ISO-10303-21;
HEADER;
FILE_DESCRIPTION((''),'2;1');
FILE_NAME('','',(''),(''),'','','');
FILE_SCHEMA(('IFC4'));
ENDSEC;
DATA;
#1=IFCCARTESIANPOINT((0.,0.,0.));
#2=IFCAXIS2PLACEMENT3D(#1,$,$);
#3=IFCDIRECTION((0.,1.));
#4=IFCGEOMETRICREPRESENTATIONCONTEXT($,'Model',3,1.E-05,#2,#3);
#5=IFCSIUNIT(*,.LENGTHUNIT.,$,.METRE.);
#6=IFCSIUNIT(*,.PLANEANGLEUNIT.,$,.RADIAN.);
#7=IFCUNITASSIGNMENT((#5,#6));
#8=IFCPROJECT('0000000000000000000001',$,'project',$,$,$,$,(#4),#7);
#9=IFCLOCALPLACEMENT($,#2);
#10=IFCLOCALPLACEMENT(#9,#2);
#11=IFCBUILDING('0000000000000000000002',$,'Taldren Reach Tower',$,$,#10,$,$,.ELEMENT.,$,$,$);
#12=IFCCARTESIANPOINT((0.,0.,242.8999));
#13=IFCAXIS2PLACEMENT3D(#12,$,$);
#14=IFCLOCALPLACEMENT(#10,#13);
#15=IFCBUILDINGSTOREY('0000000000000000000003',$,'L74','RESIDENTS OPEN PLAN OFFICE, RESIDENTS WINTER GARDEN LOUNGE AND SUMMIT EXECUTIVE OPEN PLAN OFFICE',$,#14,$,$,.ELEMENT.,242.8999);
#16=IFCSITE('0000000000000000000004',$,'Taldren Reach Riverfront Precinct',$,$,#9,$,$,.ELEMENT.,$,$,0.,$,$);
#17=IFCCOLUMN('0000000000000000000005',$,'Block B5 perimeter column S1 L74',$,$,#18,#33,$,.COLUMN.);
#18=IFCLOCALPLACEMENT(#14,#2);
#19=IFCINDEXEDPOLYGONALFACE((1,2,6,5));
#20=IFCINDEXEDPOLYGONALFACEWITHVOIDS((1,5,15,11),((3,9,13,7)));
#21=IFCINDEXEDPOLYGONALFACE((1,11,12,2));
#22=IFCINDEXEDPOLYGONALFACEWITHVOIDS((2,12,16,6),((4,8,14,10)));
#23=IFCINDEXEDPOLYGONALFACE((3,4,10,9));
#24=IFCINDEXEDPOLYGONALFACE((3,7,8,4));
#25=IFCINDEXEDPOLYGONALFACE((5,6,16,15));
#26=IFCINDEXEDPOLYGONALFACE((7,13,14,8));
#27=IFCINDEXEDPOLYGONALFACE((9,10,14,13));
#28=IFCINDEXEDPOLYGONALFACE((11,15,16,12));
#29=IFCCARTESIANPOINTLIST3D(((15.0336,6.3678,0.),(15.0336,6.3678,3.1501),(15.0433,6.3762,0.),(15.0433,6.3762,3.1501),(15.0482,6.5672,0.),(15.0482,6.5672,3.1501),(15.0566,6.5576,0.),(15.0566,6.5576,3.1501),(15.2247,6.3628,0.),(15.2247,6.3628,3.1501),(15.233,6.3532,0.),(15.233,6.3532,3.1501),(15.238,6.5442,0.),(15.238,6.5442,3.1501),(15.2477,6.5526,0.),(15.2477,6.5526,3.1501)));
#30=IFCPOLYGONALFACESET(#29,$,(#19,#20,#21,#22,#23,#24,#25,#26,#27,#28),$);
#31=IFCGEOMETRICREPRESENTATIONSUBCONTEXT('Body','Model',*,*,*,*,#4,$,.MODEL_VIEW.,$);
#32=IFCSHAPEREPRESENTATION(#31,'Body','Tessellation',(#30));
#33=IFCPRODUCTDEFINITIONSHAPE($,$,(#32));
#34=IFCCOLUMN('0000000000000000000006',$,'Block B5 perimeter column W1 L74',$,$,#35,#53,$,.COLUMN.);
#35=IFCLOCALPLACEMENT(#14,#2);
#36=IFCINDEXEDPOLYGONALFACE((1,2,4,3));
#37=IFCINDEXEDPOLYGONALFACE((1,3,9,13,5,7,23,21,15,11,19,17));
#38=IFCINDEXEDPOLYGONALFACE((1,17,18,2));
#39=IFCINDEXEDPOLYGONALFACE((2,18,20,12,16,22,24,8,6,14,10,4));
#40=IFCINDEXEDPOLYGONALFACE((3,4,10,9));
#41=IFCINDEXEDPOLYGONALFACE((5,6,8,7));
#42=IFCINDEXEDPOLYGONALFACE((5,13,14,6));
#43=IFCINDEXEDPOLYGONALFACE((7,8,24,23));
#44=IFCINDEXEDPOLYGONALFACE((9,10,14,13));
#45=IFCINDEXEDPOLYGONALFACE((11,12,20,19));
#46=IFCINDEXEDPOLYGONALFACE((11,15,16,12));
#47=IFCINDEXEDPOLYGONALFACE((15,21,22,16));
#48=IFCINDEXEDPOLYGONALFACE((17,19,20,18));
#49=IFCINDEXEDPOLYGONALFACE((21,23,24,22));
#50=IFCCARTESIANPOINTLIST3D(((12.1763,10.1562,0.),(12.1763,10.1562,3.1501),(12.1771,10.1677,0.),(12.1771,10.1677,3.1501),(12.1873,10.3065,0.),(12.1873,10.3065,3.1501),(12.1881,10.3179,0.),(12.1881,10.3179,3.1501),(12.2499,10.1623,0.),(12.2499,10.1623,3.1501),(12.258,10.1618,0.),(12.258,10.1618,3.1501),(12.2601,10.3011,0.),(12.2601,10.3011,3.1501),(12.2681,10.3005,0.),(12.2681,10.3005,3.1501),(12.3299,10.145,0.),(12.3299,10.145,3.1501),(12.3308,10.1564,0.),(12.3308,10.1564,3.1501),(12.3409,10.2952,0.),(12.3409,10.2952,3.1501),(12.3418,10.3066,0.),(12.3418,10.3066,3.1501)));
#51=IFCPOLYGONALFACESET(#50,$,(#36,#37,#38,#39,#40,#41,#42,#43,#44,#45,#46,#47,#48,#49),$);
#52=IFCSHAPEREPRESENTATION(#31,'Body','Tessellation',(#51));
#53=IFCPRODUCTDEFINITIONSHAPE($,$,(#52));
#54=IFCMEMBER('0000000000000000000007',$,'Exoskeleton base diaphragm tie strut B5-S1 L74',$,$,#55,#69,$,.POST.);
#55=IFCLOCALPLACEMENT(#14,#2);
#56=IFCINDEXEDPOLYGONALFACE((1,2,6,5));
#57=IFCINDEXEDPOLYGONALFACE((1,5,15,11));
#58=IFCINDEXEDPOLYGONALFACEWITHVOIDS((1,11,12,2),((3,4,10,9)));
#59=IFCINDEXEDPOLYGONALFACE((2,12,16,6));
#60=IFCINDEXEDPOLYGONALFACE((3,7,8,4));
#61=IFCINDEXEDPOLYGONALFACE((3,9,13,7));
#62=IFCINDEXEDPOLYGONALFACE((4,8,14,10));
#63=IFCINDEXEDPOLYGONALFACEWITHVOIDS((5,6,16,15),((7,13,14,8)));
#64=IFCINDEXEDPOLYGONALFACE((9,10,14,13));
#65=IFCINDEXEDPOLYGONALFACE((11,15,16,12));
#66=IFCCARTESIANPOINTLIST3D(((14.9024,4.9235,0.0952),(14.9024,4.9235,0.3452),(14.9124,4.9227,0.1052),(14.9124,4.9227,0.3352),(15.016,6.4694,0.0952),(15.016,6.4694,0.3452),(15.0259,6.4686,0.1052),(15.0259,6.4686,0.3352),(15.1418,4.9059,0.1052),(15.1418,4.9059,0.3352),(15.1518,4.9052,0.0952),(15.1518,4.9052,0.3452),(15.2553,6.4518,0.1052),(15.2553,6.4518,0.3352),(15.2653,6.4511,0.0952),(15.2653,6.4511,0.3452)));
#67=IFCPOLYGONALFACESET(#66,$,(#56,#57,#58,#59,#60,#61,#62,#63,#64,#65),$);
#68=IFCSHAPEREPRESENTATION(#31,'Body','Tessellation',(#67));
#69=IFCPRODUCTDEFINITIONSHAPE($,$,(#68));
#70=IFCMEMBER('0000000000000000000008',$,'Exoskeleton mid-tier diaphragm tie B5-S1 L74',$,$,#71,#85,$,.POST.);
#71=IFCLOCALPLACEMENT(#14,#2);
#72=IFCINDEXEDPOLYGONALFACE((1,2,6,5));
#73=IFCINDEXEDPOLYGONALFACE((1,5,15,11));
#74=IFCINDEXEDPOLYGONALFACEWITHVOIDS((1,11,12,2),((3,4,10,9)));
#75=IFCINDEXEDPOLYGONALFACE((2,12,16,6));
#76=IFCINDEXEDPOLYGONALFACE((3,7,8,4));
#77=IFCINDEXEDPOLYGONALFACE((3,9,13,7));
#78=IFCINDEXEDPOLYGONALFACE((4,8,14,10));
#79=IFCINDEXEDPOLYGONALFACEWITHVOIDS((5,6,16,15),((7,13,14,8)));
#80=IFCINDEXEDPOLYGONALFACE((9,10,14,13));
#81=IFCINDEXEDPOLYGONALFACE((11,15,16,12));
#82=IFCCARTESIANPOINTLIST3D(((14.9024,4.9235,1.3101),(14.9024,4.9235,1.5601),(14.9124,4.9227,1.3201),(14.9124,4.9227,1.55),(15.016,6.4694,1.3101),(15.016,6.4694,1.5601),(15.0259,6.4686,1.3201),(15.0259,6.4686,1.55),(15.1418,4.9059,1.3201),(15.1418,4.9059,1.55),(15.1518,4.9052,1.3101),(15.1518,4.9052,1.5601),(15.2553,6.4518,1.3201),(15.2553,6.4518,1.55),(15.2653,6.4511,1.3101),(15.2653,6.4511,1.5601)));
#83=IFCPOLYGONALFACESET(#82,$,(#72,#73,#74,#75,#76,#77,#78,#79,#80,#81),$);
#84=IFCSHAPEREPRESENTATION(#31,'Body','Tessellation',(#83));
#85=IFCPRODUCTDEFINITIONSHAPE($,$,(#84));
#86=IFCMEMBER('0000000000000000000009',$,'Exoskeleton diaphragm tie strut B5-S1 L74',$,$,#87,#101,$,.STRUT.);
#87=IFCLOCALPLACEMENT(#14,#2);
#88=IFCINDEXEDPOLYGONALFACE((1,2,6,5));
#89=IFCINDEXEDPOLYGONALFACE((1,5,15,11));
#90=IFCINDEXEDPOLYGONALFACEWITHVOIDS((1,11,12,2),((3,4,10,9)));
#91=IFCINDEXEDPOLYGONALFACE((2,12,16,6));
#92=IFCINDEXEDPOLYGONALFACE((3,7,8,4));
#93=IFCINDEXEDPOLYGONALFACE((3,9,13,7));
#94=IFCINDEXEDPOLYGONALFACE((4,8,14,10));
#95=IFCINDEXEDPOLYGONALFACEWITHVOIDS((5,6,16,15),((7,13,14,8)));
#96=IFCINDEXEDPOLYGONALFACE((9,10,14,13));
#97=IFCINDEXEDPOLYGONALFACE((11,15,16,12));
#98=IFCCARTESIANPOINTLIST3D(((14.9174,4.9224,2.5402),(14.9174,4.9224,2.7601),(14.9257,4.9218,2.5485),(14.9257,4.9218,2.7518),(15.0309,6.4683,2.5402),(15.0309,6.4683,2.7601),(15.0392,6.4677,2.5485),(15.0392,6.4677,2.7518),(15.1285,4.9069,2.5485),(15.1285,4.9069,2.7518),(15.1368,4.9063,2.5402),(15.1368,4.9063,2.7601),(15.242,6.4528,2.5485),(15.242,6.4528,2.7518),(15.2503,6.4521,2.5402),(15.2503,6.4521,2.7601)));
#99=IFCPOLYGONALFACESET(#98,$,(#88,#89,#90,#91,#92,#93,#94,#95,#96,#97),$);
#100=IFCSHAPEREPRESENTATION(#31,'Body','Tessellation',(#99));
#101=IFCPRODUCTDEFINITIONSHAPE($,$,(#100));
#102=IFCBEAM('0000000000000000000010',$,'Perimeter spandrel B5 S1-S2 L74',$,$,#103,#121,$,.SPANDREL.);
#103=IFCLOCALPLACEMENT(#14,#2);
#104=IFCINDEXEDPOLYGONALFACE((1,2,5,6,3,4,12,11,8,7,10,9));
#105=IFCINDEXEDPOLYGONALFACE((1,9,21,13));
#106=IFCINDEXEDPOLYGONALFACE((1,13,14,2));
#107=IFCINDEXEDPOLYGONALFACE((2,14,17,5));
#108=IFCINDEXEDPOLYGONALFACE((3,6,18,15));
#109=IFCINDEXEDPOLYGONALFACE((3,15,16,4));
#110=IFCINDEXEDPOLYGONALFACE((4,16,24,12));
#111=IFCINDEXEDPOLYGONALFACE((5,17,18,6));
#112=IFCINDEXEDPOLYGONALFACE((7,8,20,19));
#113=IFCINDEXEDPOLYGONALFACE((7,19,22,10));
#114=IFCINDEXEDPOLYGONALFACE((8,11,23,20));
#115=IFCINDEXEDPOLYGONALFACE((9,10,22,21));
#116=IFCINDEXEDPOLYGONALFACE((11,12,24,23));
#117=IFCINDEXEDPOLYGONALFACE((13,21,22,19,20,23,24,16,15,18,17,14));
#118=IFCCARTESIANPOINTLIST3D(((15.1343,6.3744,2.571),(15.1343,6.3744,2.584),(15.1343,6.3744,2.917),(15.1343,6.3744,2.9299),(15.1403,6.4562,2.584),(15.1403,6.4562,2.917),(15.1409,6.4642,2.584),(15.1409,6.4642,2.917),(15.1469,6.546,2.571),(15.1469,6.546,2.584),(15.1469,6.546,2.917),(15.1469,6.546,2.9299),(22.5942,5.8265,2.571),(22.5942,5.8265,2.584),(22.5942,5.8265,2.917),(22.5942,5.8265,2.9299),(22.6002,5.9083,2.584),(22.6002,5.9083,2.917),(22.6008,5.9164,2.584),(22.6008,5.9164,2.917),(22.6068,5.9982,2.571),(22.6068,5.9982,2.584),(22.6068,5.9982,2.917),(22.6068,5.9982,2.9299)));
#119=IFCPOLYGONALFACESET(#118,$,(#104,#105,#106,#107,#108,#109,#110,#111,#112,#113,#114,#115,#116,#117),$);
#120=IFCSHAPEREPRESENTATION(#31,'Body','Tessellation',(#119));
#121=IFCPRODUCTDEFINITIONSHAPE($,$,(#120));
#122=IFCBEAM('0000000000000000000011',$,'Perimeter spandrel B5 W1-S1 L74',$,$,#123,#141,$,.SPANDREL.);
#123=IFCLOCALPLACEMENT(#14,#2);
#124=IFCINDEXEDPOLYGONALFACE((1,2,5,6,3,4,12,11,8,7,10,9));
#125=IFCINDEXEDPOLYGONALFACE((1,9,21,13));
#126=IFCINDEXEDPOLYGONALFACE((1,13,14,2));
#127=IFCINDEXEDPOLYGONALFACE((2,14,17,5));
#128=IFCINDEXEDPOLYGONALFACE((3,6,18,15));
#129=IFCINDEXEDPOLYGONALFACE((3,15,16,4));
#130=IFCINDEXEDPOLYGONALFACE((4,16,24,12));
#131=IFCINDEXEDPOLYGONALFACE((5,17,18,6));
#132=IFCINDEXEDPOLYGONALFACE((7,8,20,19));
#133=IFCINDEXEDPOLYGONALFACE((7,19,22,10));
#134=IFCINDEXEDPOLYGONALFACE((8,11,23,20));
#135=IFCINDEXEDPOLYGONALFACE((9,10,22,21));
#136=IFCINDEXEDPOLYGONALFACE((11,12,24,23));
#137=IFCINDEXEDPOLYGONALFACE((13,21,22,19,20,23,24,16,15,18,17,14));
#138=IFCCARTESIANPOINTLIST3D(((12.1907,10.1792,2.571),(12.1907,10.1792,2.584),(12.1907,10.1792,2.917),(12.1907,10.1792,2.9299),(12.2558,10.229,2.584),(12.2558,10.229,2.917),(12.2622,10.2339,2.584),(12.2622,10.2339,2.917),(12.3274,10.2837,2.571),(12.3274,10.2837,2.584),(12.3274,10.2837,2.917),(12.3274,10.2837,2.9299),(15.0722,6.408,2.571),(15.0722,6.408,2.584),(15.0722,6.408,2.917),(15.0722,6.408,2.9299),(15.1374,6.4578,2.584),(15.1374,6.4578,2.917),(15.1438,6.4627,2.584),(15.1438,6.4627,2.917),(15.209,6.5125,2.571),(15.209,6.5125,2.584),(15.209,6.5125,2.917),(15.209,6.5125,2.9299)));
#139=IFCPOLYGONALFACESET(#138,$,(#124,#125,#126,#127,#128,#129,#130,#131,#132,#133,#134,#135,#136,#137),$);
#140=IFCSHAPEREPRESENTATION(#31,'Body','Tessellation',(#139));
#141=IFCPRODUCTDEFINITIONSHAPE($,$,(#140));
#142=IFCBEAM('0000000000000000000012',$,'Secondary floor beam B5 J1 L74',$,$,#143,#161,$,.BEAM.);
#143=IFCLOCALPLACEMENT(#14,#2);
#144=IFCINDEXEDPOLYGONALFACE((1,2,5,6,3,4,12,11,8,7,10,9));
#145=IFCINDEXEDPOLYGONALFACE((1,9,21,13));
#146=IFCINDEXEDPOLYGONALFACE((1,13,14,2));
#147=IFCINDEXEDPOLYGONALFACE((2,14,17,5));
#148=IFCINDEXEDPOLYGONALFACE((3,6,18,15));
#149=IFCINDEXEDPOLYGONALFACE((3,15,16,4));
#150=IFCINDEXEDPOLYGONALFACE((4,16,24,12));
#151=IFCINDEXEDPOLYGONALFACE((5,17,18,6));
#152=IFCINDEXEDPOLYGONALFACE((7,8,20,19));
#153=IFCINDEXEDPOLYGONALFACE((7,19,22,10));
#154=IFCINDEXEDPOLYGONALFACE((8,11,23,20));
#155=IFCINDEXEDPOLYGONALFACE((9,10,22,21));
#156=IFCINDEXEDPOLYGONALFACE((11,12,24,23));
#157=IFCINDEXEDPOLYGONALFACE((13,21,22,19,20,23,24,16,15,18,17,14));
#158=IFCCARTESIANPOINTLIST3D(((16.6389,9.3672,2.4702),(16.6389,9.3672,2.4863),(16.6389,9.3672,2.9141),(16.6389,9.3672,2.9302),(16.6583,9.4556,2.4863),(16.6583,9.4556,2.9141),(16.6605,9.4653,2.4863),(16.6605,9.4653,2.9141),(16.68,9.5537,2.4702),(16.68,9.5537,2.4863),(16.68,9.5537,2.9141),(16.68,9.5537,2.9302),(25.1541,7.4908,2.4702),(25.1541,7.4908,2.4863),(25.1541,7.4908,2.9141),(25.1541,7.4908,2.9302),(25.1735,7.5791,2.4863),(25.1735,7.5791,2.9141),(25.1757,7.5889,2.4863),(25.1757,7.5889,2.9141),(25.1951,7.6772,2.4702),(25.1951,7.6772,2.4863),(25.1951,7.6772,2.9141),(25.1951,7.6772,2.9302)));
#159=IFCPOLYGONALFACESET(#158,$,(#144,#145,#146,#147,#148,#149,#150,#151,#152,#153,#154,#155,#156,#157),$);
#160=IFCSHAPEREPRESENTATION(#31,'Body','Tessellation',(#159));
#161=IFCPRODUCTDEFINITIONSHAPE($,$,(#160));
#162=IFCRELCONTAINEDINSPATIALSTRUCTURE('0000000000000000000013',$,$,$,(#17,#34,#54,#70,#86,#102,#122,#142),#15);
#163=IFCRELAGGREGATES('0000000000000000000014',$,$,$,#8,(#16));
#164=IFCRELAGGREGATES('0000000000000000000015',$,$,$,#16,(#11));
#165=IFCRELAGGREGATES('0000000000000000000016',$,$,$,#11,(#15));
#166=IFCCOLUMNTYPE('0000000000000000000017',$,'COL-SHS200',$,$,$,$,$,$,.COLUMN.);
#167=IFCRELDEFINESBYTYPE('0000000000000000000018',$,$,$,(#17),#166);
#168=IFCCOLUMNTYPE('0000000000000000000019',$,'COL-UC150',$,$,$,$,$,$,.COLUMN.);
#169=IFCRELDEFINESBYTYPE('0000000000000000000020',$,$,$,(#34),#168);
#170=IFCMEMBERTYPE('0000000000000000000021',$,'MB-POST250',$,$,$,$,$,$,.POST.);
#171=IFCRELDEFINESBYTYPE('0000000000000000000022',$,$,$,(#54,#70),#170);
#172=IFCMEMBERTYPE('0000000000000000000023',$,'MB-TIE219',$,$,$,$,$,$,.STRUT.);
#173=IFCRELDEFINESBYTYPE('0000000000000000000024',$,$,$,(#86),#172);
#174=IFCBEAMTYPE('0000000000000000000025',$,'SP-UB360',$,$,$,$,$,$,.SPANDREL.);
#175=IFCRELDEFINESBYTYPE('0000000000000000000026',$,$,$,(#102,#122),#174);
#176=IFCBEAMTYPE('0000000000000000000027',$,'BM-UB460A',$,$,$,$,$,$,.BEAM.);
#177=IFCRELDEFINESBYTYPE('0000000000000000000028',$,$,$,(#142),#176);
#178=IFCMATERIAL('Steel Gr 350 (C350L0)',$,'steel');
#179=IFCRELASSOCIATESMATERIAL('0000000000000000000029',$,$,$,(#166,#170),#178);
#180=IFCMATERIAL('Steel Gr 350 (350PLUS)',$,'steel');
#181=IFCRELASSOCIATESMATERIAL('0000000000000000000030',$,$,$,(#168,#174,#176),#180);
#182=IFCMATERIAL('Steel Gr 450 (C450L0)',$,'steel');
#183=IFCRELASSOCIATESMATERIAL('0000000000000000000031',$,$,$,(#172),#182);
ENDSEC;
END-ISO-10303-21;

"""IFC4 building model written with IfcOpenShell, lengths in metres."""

from ifc_helpers import new_model, si_unit, direction, frame, origin, origin_2d, place, context, subcontext, project, spatial, hollow_rectangle, i_section, extrude, source, transform, mapped, material, material_profile, profile_set, type_object, element, save


model = new_model("IFC4")

# Units and contexts
model_context = context("Model", 3, precision=1e-05, world=origin(), true_north=direction((0.0, 1.0)))
body_context = subcontext(model_context, "Body", "Model", "MODEL_VIEW")
ifc_project = project(units=[si_unit("LENGTHUNIT", "METRE"), si_unit("PLANEANGLEUNIT", "RADIAN")], contexts=[model_context])

# Site, building, storey
site_placement = place(None, origin())
site = spatial("IfcSite", under=ifc_project, at=site_placement, Name="Taldren Reach Riverfront Precinct", CompositionType="ELEMENT", RefElevation=0.0)
building_placement = place(site_placement, origin())
building = spatial("IfcBuilding", under=site, at=building_placement, Name="Taldren Reach Tower", CompositionType="ELEMENT")
storey_placement = place(building_placement, frame((0.0, 0.0, 242.8999)))
storey = spatial("IfcBuildingStorey", under=building, at=storey_placement, Name="L74", Description="RESIDENTS OPEN PLAN OFFICE, RESIDENTS WINTER GARDEN LOUNGE AND SUMMIT EXECUTIVE OPEN PLAN OFFICE", CompositionType="ELEMENT", Elevation=242.8999)

# Columns
ifc_material_1 = material(Name="Steel Gr 350 (C350L0)", Category="steel")
ifc_material_profile_1 = material_profile(ifc_material_1, hollow_rectangle(XDim=0.2, YDim=0.2, WallThickness=0.009, at=origin_2d()), Name="200x200x9.0SHS")
ifc_profile_set_1 = profile_set([ifc_material_profile_1], Name="Steel Gr 350 (C350L0)")
column_type_1 = type_object("IfcColumnType", Name="COL-SHS200", PredefinedType="COLUMN", material=ifc_profile_set_1)
shared_shape_1 = source(origin(), body_context, "Body", "SweptSolid", [
    extrude(hollow_rectangle(XDim=0.2, YDim=0.2, WallThickness=0.009, at=origin_2d()), origin(), (0.0, 0.0, 1.0), 3.1501),
])
column_1_placement = place(storey_placement, frame((15.1406, 6.4602, 0.0), z_axis=(0.0, 0.0, 1.0), x_axis=(0.997314, -0.073238, 0.0)))
element("IfcColumn", 1, at=column_1_placement, inside=storey, type_object=column_type_1, Name="Block B5 perimeter column S1 L74", PredefinedType="COLUMN", context=body_context, shape_type="MappedRepresentation", body=[
    mapped(shared_shape_1, transform((0.0, 0.0, 0.0), scale=1.0)),
])
ifc_material_2 = material(Name="Steel Gr 350 (350PLUS)", Category="steel")
ifc_material_profile_2 = material_profile(ifc_material_2, i_section(OverallWidth=0.1541, OverallDepth=0.1621, WebThickness=0.0081, FlangeThickness=0.0115, at=origin_2d()), Name="150UC37.2")
ifc_profile_set_2 = profile_set([ifc_material_profile_2], Name="Steel Gr 350 (350PLUS)")
column_type_2 = type_object("IfcColumnType", Name="COL-UC150", PredefinedType="COLUMN", material=ifc_profile_set_2)
shared_shape_2 = source(origin(), body_context, "Body", "SweptSolid", [
    extrude(i_section(OverallWidth=0.1541, OverallDepth=0.1621, WebThickness=0.0081, FlangeThickness=0.0115, at=origin_2d()), origin(), (0.0, 0.0, 1.0), 3.1501),
])
column_2_placement = place(storey_placement, frame((12.259, 10.2314, 0.0), z_axis=(0.0, 0.0, 1.0), x_axis=(0.997314, -0.073238, 0.0)))
element("IfcColumn", 2, at=column_2_placement, inside=storey, type_object=column_type_2, Name="Block B5 perimeter column W1 L74", PredefinedType="COLUMN", context=body_context, shape_type="MappedRepresentation", body=[
    mapped(shared_shape_2, transform((0.0, 0.0, 0.0), scale=1.0)),
])

# Members
ifc_material_profile_3 = material_profile(ifc_material_1, hollow_rectangle(XDim=0.25, YDim=0.25, WallThickness=0.01, at=origin_2d()), Name="250x250x10.0SHS")
ifc_profile_set_3 = profile_set([ifc_material_profile_3], Name="Steel Gr 350 (C350L0)")
member_type_1 = type_object("IfcMemberType", Name="MB-POST250", PredefinedType="POST", material=ifc_profile_set_3)
shared_shape_3 = source(origin(), body_context, "Body", "SweptSolid", [
    extrude(hollow_rectangle(XDim=0.25, YDim=0.25, WallThickness=0.01, at=origin_2d()), origin(), (0.0, 0.0, 1.0), 1.55),
])
for number, where, z_axis, x_axis, name in (
    (3, (15.1406, 6.4602, 0.2202), (-0.073239, -0.997314, 0.0), (0.997314, -0.073239, 0.0), "Exoskeleton base diaphragm tie strut B5-S1 L74"),
    (4, (15.1406, 6.4602, 1.4351), (-0.073239, -0.997314, 0.0), (0.997314, -0.073239, 0.0), "Exoskeleton mid-tier diaphragm tie B5-S1 L74"),
):
    element("IfcMember", number, at=place(storey_placement, frame(where, z_axis=z_axis, x_axis=x_axis)), inside=storey, type_object=member_type_1, Name=name, PredefinedType="POST", context=body_context, shape_type="MappedRepresentation", body=[
        mapped(shared_shape_3, transform((0.0, 0.0, 0.0), scale=1.0)),
    ])
ifc_material_3 = material(Name="Steel Gr 450 (C450L0)", Category="steel")
ifc_material_profile_4 = material_profile(ifc_material_3, hollow_rectangle(XDim=0.22, YDim=0.22, WallThickness=0.0083, at=origin_2d()), Name="220x220x8.2SHS")
ifc_profile_set_4 = profile_set([ifc_material_profile_4], Name="Steel Gr 450 (C450L0)")
member_type_2 = type_object("IfcMemberType", Name="MB-TIE219", PredefinedType="STRUT", material=ifc_profile_set_4)
shared_shape_4 = source(origin(), body_context, "Body", "SweptSolid", [
    extrude(hollow_rectangle(XDim=0.22, YDim=0.22, WallThickness=0.0083, at=origin_2d()), origin(), (0.0, 0.0, 1.0), 1.55),
])
member_1_placement = place(storey_placement, frame((15.1406, 6.4602, 2.6501), z_axis=(-0.073239, -0.997314, 0.0), x_axis=(0.997314, -0.073239, 0.0)))
element("IfcMember", 5, at=member_1_placement, inside=storey, type_object=member_type_2, Name="Exoskeleton diaphragm tie strut B5-S1 L74", PredefinedType="STRUT", context=body_context, shape_type="MappedRepresentation", body=[
    mapped(shared_shape_4, transform((0.0, 0.0, 0.0), scale=1.0)),
])

# Beams
ifc_material_profile_5 = material_profile(ifc_material_2, i_section(OverallWidth=0.1721, OverallDepth=0.3589, WebThickness=0.0081, FlangeThickness=0.0129, at=origin_2d()), Name="360UB56.7")
ifc_profile_set_5 = profile_set([ifc_material_profile_5], Name="Steel Gr 350 (350PLUS)")
beam_type_1 = type_object("IfcBeamType", Name="SP-UB360", PredefinedType="SPANDREL", material=ifc_profile_set_5)
shared_shape_5 = source(origin(), body_context, "Body", "SweptSolid", [
    extrude(i_section(OverallWidth=0.1721, OverallDepth=0.3589, WebThickness=0.0081, FlangeThickness=0.0129, at=origin_2d()), origin(), (0.0, 0.0, 1.0), 7.48),
])
beam_1_placement = place(storey_placement, frame((15.1406, 6.4602, 2.7505), z_axis=(0.997314, -0.073242, 0.0), x_axis=(0.073242, 0.997314, 0.0)))
element("IfcBeam", 6, at=beam_1_placement, inside=storey, type_object=beam_type_1, Name="Perimeter spandrel B5 S1-S2 L74", PredefinedType="SPANDREL", context=body_context, shape_type="MappedRepresentation", body=[
    mapped(shared_shape_5, transform((0.0, 0.0, 0.0), scale=1.0)),
])
shared_shape_6 = source(origin(), body_context, "Body", "SweptSolid", [
    extrude(i_section(OverallWidth=0.1721, OverallDepth=0.3589, WebThickness=0.0081, FlangeThickness=0.0129, at=origin_2d()), origin(), (0.0, 0.0, 1.0), 4.7461),
])
beam_2_placement = place(storey_placement, frame((12.259, 10.2314, 2.7505), z_axis=(0.607145, -0.794591, 0.0), x_axis=(0.794591, 0.607145, 0.0)))
element("IfcBeam", 7, at=beam_2_placement, inside=storey, type_object=beam_type_1, Name="Perimeter spandrel B5 W1-S1 L74", PredefinedType="SPANDREL", context=body_context, shape_type="MappedRepresentation", body=[
    mapped(shared_shape_6, transform((0.0, 0.0, 0.0), scale=1.0)),
])
ifc_material_profile_6 = material_profile(ifc_material_2, i_section(OverallWidth=0.1909, OverallDepth=0.46, WebThickness=0.01, FlangeThickness=0.0161, at=origin_2d()), Name="460UB82.1")
ifc_profile_set_6 = profile_set([ifc_material_profile_6], Name="Steel Gr 350 (350PLUS)")
beam_type_2 = type_object("IfcBeamType", Name="BM-UB460A", PredefinedType="BEAM", material=ifc_profile_set_6)
shared_shape_7 = source(origin(), body_context, "Body", "SweptSolid", [
    extrude(i_section(OverallWidth=0.1909, OverallDepth=0.46, WebThickness=0.01, FlangeThickness=0.0161, at=origin_2d()), origin(), (0.0, 0.0, 1.0), 8.7195),
])
beam_3_placement = place(storey_placement, frame((16.6594, 9.4604, 2.7002), z_axis=(0.976569, -0.215205, 0.0), x_axis=(0.215205, 0.976569, 0.0)))
element("IfcBeam", 8, at=beam_3_placement, inside=storey, type_object=beam_type_2, Name="Secondary floor beam B5 J1 L74", PredefinedType="BEAM", context=body_context, shape_type="MappedRepresentation", body=[
    mapped(shared_shape_7, transform((0.0, 0.0, 0.0), scale=1.0)),
])

save(model, "model.ifc")
